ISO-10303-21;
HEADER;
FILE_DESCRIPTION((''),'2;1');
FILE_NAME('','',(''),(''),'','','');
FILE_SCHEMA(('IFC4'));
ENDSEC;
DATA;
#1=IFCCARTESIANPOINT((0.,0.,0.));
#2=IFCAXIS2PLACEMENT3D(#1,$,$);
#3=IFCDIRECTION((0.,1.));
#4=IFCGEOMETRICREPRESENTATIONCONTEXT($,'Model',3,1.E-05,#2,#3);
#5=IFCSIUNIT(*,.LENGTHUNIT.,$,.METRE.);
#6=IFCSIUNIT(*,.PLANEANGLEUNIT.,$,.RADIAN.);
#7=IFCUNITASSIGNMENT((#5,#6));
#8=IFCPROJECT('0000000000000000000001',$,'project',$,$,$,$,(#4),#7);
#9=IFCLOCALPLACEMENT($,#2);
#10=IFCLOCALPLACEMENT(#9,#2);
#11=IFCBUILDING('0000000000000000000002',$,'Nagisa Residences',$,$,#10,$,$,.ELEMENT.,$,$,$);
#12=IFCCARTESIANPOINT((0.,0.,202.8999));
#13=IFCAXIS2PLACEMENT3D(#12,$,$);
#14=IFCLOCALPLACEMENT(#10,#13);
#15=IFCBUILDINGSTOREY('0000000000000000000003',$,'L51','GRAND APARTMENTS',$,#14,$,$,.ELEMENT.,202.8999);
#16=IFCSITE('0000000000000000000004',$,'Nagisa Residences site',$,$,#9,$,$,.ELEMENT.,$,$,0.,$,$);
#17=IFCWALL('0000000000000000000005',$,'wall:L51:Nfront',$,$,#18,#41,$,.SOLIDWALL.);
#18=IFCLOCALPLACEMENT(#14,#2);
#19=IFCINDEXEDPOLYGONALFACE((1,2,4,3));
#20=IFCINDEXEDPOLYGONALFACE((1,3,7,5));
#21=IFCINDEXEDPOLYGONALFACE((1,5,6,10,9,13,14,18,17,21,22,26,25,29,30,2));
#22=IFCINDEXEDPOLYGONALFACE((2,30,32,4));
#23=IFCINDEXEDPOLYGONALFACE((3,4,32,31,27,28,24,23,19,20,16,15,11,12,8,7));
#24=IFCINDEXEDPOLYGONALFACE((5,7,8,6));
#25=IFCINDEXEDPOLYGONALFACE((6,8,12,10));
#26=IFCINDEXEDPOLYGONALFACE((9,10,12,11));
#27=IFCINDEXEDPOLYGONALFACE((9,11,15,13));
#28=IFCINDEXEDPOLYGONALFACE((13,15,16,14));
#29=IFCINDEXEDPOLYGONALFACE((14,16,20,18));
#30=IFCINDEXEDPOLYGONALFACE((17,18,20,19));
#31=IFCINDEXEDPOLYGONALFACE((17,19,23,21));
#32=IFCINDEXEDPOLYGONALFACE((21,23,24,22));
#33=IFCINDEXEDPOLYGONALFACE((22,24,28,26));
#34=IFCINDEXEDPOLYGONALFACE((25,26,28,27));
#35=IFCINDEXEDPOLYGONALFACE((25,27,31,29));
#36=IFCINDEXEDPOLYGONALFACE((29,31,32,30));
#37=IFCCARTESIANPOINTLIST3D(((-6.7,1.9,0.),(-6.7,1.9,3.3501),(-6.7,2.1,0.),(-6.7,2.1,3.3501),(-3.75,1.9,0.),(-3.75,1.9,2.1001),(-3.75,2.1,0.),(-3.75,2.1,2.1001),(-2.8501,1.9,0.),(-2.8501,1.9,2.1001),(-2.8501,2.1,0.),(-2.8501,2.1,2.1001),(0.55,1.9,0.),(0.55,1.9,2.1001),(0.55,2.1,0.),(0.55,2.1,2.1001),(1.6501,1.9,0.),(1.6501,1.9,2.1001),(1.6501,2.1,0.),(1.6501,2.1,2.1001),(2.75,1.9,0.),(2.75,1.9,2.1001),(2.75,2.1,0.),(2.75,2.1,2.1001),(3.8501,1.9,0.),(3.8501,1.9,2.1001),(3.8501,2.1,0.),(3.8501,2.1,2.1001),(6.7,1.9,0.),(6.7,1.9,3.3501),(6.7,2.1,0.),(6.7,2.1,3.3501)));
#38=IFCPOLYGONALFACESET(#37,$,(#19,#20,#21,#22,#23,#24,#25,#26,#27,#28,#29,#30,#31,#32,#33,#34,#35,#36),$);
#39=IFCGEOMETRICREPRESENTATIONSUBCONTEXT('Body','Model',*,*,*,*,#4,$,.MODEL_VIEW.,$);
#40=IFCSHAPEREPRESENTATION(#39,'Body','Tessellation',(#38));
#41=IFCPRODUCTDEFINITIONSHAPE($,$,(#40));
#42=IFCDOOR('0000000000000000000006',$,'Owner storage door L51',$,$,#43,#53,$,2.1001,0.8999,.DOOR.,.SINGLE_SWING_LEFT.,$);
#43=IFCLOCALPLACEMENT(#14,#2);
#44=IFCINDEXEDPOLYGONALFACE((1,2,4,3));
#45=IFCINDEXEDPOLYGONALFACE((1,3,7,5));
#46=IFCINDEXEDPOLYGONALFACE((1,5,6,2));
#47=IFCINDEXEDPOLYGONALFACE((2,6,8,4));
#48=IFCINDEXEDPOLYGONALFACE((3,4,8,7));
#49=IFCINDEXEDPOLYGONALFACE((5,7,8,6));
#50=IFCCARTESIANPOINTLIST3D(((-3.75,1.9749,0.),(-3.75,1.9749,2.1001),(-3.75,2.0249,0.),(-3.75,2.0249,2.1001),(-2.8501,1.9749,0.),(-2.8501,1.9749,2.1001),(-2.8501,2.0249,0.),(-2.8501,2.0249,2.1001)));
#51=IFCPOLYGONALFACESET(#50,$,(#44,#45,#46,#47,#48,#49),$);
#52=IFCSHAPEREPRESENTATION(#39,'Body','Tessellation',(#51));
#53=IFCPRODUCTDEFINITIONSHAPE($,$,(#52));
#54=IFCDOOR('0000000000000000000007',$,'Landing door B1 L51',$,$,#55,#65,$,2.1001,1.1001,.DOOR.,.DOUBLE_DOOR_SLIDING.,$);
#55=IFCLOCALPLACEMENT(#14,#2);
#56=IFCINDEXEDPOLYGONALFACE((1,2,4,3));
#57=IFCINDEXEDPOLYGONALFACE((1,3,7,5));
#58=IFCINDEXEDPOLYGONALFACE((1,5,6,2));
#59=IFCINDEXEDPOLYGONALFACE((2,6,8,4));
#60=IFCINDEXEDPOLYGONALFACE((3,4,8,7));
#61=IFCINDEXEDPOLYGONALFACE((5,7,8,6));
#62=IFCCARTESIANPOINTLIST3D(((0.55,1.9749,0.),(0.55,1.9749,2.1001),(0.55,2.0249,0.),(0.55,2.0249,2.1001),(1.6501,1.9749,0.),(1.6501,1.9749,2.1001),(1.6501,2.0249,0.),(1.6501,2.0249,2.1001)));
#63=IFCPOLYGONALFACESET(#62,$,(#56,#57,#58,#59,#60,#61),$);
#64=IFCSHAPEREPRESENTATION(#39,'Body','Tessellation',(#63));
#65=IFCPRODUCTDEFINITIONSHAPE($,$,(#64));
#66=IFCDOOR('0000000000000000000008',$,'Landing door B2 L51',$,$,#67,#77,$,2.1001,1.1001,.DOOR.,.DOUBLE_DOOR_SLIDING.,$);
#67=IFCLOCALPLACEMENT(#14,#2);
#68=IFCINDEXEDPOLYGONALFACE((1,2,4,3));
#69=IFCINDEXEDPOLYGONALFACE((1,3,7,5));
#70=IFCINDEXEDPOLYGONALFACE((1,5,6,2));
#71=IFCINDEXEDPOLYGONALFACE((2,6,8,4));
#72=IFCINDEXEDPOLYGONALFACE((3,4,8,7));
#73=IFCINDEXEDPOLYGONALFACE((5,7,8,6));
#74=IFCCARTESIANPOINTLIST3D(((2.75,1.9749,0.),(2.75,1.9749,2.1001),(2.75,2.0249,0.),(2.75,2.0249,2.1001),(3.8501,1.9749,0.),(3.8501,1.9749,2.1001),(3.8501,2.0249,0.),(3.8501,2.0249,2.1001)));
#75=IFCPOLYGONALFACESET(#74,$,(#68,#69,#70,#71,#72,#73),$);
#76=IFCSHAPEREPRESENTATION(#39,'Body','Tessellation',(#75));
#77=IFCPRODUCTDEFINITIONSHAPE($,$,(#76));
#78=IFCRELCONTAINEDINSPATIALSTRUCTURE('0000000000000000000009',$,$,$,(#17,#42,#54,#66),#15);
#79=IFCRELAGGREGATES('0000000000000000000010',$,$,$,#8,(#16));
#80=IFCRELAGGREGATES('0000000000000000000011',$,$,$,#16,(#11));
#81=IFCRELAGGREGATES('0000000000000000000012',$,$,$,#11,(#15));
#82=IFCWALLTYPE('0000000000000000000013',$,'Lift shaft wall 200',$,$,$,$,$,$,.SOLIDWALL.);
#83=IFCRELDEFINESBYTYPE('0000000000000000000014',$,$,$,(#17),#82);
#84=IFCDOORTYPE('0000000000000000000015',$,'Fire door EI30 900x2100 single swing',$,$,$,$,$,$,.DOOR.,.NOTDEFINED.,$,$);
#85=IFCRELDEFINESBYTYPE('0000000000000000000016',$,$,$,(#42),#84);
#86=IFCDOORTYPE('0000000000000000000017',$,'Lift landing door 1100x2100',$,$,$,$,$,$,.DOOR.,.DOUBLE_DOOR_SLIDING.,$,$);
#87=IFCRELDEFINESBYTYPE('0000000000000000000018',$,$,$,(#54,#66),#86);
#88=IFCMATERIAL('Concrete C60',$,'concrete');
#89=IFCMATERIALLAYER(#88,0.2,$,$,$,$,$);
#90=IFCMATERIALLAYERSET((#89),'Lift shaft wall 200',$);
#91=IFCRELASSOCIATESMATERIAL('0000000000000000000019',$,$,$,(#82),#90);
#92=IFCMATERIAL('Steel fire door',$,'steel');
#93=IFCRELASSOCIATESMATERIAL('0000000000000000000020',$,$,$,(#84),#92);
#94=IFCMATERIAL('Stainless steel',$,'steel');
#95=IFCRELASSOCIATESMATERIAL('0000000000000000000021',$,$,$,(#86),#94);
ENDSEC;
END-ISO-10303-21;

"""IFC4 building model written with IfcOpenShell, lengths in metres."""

from ifc_helpers import new_model, si_unit, direction, frame, frame_2d, origin, place, context, subcontext, project, spatial, rectangle, extrude, material, layer, layer_set, type_object, element, fill, save


model = new_model("IFC4")

# Units and contexts
model_context = context("Model", 3, precision=1e-05, world=origin(), true_north=direction((0.0, 1.0)))
body_context = subcontext(model_context, "Body", "Model", "MODEL_VIEW")
ifc_project = project(units=[si_unit("LENGTHUNIT", "METRE"), si_unit("PLANEANGLEUNIT", "RADIAN")], contexts=[model_context])

# Site, building, storey
site_placement = place(None, origin())
site = spatial("IfcSite", under=ifc_project, at=site_placement, Name="Nagisa Residences site", CompositionType="ELEMENT", RefElevation=0.0)
building_placement = place(site_placement, origin())
building = spatial("IfcBuilding", under=site, at=building_placement, Name="Nagisa Residences", CompositionType="ELEMENT")
storey_placement = place(building_placement, frame((0.0, 0.0, 202.8999)))
storey = spatial("IfcBuildingStorey", under=building, at=storey_placement, Name="L51", Description="GRAND APARTMENTS", CompositionType="ELEMENT", Elevation=202.8999)

# Wall, openings, doors
ifc_material_1 = material(Name="Concrete C60", Category="concrete")
ifc_layer_1 = layer(ifc_material_1, 0.2)
ifc_layer_set_1 = layer_set([ifc_layer_1], Name="Lift shaft wall 200")
wall_type_1 = type_object("IfcWallType", Name="Lift shaft wall 200", PredefinedType="SOLIDWALL", material=ifc_layer_set_1)
wall_1_placement = place(storey_placement, frame((-6.7, 2.0, 0.0), z_axis=(0.0, 0.0, 1.0), x_axis=(1.0, 0.0, 0.0)))
wall_1 = element("IfcWall", 1, at=wall_1_placement, inside=storey, type_object=wall_type_1, Name="wall:L51:Nfront", PredefinedType="SOLIDWALL", context=body_context, shape_type="SweptSolid", body=[
    extrude(rectangle(XDim=13.3999, YDim=0.2, at=frame_2d((6.7, 0.0))), origin(), (0.0, 0.0, 1.0), 3.3501),
])
opening_1_placement = place(wall_1_placement, frame((7.25, 0.0, 0.0)))
opening_1 = element("IfcOpeningElement", 2, at=opening_1_placement, cuts=wall_1, PredefinedType="OPENING", context=body_context, shape_type="SweptSolid", body=[
    extrude(rectangle(XDim=1.1001, YDim=2.1001, at=frame_2d((0.55, 1.05))), frame((0.0, 0.1099, 0.0), z_axis=(0.0, -1.0, 0.0), x_axis=(1.0, 0.0, 0.0)), (0.0, 0.0, 1.0), 0.22),
])
opening_2_placement = place(wall_1_placement, frame((9.45, 0.0, 0.0)))
opening_2 = element("IfcOpeningElement", 3, at=opening_2_placement, cuts=wall_1, PredefinedType="OPENING", context=body_context, shape_type="SweptSolid", body=[
    extrude(rectangle(XDim=1.1001, YDim=2.1001, at=frame_2d((0.55, 1.05))), frame((0.0, 0.1099, 0.0), z_axis=(0.0, -1.0, 0.0), x_axis=(1.0, 0.0, 0.0)), (0.0, 0.0, 1.0), 0.22),
])
opening_3_placement = place(wall_1_placement, frame((2.95, 0.0, 0.0)))
opening_3 = element("IfcOpeningElement", 4, at=opening_3_placement, cuts=wall_1, PredefinedType="OPENING", context=body_context, shape_type="SweptSolid", body=[
    extrude(rectangle(XDim=0.8999, YDim=2.1001, at=frame_2d((0.45, 1.05))), frame((0.0, 0.1099, 0.0), z_axis=(0.0, -1.0, 0.0), x_axis=(1.0, 0.0, 0.0)), (0.0, 0.0, 1.0), 0.22),
])
ifc_material_2 = material(Name="Steel fire door", Category="steel")
door_type_1 = type_object("IfcDoorType", Name="Fire door EI30 900x2100 single swing", OperationType="NOTDEFINED", PredefinedType="DOOR", material=ifc_material_2)
door_1_placement = place(opening_3_placement, origin())
door_1 = element("IfcDoor", 5, at=door_1_placement, inside=storey, type_object=door_type_1, Name="Owner storage door L51", OperationType="SINGLE_SWING_LEFT", OverallHeight=2.1001, OverallWidth=0.8999, PredefinedType="DOOR", context=body_context, shape_type="SweptSolid", body=[
    extrude(rectangle(XDim=0.8999, YDim=2.1001, at=frame_2d((0.45, 1.05))), frame((0.0, 0.0249, 0.0), z_axis=(0.0, -1.0, 0.0), x_axis=(1.0, 0.0, 0.0)), (0.0, 0.0, 1.0), 0.05),
])
fill(opening_3, door_1)
ifc_material_3 = material(Name="Stainless steel", Category="steel")
door_type_2 = type_object("IfcDoorType", Name="Lift landing door 1100x2100", OperationType="DOUBLE_DOOR_SLIDING", PredefinedType="DOOR", material=ifc_material_3)
door_2_placement = place(opening_1_placement, origin())
door_2 = element("IfcDoor", 6, at=door_2_placement, inside=storey, type_object=door_type_2, Name="Landing door B1 L51", OperationType="DOUBLE_DOOR_SLIDING", OverallHeight=2.1001, OverallWidth=1.1001, PredefinedType="DOOR", context=body_context, shape_type="SweptSolid", body=[
    extrude(rectangle(XDim=1.1001, YDim=2.1001, at=frame_2d((0.55, 1.05))), frame((0.0, 0.0249, 0.0), z_axis=(0.0, -1.0, 0.0), x_axis=(1.0, 0.0, 0.0)), (0.0, 0.0, 1.0), 0.05),
])
fill(opening_1, door_2)
door_3_placement = place(opening_2_placement, origin())
door_3 = element("IfcDoor", 7, at=door_3_placement, inside=storey, type_object=door_type_2, Name="Landing door B2 L51", OperationType="DOUBLE_DOOR_SLIDING", OverallHeight=2.1001, OverallWidth=1.1001, PredefinedType="DOOR", context=body_context, shape_type="SweptSolid", body=[
    extrude(rectangle(XDim=1.1001, YDim=2.1001, at=frame_2d((0.55, 1.05))), frame((0.0, 0.0249, 0.0), z_axis=(0.0, -1.0, 0.0), x_axis=(1.0, 0.0, 0.0)), (0.0, 0.0, 1.0), 0.05),
])
fill(opening_2, door_3)

save(model, "model.ifc")
